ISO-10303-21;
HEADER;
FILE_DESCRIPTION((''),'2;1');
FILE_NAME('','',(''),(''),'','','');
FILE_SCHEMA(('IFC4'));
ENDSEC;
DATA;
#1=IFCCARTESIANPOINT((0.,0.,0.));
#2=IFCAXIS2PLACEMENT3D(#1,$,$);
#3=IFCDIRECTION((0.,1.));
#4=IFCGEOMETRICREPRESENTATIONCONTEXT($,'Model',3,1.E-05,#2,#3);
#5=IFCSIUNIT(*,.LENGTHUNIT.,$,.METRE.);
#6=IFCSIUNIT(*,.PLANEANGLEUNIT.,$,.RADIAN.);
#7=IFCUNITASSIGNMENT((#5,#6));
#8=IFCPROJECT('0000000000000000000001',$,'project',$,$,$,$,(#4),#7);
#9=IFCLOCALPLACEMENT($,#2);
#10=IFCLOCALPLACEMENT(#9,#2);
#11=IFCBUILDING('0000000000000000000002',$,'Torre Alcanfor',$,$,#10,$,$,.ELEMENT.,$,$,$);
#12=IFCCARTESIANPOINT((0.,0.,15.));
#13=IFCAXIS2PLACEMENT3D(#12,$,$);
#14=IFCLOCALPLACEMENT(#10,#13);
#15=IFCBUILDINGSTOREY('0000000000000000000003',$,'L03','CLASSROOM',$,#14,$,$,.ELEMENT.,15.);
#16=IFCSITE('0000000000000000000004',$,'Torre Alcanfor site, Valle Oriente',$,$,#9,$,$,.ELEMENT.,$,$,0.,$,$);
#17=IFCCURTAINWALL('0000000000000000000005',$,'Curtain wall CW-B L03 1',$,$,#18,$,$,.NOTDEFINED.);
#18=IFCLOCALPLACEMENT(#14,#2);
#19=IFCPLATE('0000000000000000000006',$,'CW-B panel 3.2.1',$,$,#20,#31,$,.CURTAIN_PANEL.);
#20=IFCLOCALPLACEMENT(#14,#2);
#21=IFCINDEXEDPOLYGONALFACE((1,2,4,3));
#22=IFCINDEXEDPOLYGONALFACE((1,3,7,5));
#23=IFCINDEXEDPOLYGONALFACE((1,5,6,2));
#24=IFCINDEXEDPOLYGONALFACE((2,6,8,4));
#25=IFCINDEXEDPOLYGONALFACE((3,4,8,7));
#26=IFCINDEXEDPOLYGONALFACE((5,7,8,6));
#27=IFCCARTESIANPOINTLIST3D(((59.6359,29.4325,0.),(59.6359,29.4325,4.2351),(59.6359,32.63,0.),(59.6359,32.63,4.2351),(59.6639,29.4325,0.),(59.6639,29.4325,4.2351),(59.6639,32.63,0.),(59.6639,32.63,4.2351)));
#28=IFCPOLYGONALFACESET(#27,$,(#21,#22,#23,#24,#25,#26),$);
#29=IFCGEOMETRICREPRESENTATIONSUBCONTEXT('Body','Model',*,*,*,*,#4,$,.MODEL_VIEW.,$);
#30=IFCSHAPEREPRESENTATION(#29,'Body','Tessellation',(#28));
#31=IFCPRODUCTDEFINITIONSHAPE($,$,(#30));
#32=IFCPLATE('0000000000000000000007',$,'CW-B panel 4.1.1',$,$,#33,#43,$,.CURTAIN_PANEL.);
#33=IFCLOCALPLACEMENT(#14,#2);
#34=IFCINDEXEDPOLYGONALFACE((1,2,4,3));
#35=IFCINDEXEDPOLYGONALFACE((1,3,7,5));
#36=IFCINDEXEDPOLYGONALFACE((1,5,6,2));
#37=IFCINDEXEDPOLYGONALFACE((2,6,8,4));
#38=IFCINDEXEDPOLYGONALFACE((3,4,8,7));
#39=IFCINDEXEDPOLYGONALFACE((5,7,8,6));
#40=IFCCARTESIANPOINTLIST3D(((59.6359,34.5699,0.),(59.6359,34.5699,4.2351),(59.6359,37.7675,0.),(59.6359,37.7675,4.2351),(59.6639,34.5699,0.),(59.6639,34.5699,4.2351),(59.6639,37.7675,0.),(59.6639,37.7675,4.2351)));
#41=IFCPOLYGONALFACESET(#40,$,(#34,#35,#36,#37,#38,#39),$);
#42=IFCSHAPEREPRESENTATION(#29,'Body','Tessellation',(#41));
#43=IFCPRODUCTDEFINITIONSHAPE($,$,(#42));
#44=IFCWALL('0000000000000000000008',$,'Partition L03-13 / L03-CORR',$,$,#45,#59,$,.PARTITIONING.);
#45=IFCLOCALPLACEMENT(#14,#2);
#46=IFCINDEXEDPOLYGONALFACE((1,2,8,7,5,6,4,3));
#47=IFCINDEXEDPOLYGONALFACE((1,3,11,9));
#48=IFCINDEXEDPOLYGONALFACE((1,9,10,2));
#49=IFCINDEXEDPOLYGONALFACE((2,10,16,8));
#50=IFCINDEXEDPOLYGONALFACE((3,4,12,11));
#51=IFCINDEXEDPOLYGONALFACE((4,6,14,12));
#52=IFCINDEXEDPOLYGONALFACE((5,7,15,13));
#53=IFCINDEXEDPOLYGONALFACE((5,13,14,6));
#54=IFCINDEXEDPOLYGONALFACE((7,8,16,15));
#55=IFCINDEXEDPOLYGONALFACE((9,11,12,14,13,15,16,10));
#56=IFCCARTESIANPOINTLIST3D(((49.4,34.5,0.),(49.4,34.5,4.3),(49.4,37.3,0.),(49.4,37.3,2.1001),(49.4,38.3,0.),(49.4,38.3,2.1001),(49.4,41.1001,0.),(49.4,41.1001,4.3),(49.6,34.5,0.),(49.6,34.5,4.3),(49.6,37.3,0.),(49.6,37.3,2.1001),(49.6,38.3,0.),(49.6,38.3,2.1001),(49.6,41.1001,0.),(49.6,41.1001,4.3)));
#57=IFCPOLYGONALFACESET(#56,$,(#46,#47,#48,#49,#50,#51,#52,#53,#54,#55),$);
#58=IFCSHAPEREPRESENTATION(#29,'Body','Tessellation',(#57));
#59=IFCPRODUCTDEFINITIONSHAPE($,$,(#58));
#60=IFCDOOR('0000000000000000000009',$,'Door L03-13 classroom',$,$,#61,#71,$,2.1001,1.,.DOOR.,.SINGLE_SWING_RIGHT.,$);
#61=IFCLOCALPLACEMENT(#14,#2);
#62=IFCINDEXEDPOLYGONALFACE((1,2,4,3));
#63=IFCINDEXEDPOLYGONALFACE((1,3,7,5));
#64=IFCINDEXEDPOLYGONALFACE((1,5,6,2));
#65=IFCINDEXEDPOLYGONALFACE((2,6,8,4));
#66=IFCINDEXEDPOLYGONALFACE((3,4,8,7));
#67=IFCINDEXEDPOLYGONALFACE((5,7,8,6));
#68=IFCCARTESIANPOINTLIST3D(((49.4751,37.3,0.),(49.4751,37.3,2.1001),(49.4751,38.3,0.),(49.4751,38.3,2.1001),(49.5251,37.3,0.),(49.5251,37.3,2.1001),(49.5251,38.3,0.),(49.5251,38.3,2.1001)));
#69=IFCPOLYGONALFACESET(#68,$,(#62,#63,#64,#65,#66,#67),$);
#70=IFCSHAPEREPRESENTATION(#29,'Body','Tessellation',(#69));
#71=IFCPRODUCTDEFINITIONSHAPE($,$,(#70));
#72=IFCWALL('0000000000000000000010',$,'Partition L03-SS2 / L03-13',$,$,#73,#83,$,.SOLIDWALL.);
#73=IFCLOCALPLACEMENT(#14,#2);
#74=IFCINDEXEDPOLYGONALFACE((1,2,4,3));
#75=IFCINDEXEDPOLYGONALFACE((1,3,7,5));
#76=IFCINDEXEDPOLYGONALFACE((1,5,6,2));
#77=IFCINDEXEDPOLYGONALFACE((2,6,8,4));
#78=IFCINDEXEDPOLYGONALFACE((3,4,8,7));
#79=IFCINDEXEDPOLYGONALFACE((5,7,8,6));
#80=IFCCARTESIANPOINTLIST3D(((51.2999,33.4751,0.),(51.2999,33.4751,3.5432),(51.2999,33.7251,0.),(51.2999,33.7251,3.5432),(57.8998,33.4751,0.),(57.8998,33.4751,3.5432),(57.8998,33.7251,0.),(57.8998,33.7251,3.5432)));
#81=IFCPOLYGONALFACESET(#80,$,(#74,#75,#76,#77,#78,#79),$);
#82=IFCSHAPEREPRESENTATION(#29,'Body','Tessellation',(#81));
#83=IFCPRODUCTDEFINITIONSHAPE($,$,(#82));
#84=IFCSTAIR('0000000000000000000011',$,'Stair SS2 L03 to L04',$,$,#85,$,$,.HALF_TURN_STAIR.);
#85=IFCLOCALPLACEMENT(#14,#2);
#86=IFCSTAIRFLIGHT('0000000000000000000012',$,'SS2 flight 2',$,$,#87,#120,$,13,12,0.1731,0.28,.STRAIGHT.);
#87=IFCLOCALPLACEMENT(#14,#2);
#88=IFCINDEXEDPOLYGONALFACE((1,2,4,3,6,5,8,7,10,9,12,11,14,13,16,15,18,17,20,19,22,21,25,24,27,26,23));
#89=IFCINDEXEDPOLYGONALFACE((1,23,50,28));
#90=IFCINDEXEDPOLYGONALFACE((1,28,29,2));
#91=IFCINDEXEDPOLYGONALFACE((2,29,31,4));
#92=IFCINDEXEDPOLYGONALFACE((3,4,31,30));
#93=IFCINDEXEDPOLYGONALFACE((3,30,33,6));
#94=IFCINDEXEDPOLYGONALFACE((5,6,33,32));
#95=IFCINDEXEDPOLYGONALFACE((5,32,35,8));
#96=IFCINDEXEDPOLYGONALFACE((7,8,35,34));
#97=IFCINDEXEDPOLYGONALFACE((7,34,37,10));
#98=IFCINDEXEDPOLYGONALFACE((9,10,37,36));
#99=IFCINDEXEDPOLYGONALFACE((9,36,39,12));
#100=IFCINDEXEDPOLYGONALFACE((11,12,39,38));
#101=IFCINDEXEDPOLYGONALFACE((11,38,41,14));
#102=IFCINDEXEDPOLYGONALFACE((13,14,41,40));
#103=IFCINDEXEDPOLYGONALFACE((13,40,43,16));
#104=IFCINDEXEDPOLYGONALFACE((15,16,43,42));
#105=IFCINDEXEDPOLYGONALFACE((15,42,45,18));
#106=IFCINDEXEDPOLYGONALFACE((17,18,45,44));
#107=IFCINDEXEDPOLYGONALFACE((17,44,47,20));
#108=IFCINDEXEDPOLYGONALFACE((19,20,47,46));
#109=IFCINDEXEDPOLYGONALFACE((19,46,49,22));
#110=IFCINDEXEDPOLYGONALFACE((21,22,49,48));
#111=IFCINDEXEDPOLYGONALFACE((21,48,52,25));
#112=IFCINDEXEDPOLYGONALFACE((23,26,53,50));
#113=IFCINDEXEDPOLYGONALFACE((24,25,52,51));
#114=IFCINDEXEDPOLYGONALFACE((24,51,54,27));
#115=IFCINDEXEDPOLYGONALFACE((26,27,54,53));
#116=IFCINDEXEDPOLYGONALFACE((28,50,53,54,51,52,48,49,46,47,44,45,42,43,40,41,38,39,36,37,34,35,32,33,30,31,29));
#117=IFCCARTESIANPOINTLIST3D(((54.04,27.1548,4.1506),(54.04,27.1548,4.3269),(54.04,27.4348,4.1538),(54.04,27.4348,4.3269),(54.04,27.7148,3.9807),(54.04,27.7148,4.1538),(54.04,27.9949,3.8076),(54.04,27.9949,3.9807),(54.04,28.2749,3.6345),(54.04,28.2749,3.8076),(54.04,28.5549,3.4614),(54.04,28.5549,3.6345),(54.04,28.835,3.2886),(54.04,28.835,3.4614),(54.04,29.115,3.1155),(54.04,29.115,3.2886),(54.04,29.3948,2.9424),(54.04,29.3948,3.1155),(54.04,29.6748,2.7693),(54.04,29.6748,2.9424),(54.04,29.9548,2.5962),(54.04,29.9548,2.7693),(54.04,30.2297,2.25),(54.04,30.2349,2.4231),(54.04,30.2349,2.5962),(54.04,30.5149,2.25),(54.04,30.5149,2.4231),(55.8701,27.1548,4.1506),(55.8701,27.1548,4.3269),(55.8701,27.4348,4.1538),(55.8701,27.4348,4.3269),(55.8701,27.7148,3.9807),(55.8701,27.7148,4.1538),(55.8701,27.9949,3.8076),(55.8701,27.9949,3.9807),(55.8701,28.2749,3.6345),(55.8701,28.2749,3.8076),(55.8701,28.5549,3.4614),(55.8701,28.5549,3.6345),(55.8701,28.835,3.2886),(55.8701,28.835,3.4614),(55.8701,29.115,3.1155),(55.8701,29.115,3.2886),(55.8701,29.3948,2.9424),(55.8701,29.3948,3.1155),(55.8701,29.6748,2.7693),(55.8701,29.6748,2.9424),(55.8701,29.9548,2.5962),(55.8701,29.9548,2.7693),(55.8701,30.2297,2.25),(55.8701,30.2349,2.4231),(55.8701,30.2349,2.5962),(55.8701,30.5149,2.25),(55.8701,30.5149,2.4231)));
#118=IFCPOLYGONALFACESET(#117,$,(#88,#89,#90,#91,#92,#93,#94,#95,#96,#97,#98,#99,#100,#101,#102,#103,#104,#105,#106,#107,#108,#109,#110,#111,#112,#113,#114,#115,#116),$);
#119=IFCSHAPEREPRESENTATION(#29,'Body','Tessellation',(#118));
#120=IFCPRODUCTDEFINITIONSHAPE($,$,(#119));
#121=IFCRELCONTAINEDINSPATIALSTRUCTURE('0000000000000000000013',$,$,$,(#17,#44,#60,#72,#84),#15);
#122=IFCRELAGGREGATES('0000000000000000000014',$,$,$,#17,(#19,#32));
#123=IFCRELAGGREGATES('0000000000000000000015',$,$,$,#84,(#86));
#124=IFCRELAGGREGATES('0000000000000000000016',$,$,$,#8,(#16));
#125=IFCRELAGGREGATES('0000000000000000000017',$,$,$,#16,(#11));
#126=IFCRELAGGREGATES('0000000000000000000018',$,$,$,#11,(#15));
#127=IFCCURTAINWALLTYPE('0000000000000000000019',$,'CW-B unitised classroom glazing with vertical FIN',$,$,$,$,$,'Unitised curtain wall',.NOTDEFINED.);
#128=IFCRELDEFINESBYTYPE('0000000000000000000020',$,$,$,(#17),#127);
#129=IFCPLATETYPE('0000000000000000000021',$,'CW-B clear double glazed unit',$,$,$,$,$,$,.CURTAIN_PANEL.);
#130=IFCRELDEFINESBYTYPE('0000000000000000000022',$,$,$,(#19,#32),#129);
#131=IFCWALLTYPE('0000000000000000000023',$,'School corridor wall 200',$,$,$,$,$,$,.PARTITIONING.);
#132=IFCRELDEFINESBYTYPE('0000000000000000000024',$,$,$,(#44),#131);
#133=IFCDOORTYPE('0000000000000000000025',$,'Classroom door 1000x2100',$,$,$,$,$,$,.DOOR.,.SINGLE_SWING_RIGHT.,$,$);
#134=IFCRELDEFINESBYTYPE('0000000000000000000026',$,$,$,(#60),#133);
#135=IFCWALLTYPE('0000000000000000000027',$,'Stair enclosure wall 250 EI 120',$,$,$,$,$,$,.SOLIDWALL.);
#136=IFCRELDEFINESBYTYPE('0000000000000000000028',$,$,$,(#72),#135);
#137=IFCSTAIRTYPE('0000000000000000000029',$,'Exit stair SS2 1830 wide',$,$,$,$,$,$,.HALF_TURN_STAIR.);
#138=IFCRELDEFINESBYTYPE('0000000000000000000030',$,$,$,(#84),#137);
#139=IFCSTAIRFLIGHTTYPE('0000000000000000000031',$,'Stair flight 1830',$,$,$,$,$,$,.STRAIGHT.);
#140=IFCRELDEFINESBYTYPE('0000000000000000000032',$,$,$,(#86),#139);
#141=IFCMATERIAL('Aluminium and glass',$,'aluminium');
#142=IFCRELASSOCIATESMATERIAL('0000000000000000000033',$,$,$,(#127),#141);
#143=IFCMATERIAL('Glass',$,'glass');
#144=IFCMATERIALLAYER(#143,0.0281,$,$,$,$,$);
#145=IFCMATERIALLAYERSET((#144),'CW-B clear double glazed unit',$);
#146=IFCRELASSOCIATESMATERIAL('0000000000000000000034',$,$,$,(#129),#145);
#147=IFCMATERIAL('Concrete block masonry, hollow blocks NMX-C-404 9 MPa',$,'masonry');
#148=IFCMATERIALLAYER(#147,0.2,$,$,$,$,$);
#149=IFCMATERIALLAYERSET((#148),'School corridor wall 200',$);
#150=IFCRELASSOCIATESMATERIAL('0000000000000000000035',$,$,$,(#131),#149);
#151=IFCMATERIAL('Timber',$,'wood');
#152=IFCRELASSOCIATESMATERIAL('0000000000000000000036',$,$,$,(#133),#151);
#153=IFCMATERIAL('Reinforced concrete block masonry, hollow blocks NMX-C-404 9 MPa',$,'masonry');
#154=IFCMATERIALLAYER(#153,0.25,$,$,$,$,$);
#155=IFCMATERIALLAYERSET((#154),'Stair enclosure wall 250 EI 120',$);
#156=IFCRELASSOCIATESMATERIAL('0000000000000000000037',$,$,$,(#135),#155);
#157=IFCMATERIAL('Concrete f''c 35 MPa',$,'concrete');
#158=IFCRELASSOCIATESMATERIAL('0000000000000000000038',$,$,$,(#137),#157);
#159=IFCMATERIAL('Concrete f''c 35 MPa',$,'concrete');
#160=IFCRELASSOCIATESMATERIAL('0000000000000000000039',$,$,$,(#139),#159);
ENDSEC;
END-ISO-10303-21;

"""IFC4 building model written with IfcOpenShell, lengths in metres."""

from ifc_helpers import new_model, si_unit, direction, frame, frame_2d, origin, origin_2d, place, context, subcontext, project, spatial, polyline, rectangle, outline, extrude, material, layer, layer_set, type_object, element, fill, aggregate, save


model = new_model("IFC4")

# Units and contexts
model_context = context("Model", 3, precision=1e-05, world=origin(), true_north=direction((0.0, 1.0)))
body_context = subcontext(model_context, "Body", "Model", "MODEL_VIEW")
ifc_project = project(units=[si_unit("LENGTHUNIT", "METRE"), si_unit("PLANEANGLEUNIT", "RADIAN")], contexts=[model_context])

# Site, building, storey
site_placement = place(None, origin())
site = spatial("IfcSite", under=ifc_project, at=site_placement, Name="Torre Alcanfor site, Valle Oriente", CompositionType="ELEMENT", RefElevation=0.0)
building_placement = place(site_placement, origin())
building = spatial("IfcBuilding", under=site, at=building_placement, Name="Torre Alcanfor", CompositionType="ELEMENT")
storey_placement = place(building_placement, frame((0.0, 0.0, 15.0)))
storey = spatial("IfcBuildingStorey", under=building, at=storey_placement, Name="L03", Description="CLASSROOM", CompositionType="ELEMENT", Elevation=15.0)

# Curtain wall
ifc_material_1 = material(Name="Aluminium and glass", Category="aluminium")
curtain_wall_type = type_object("IfcCurtainWallType", Name="CW-B unitised classroom glazing with vertical FIN", ElementType="Unitised curtain wall", PredefinedType="NOTDEFINED", material=ifc_material_1)
curtain_wall_placement = place(storey_placement, origin())
curtain_wall = element("IfcCurtainWall", 1, at=curtain_wall_placement, inside=storey, type_object=curtain_wall_type, Name="Curtain wall CW-B L03 1", PredefinedType="NOTDEFINED")

# Plates
ifc_material_2 = material(Name="Glass", Category="glass")
ifc_layer_1 = layer(ifc_material_2, 0.0281)
ifc_layer_set_1 = layer_set([ifc_layer_1], Name="CW-B clear double glazed unit")
plate_type = type_object("IfcPlateType", Name="CW-B clear double glazed unit", PredefinedType="CURTAIN_PANEL", material=ifc_layer_set_1)
plate_1_placement = place(storey_placement, frame((59.6499, 31.0312, 0.0), z_axis=(0.0, 0.0, 1.0), x_axis=(0.0, 1.0, 0.0)))
plate_1 = element("IfcPlate", 2, at=plate_1_placement, type_object=plate_type, Name="CW-B panel 3.2.1", PredefinedType="CURTAIN_PANEL", context=body_context, shape_type="SweptSolid", body=[
    extrude(rectangle(XDim=3.1975, YDim=0.0281, at=origin_2d()), origin(), (0.0, 0.0, 1.0), 4.2351),
])
plate_2_placement = place(storey_placement, frame((59.6499, 36.1687, 0.0), z_axis=(0.0, 0.0, 1.0), x_axis=(0.0, 1.0, 0.0)))
plate_2 = element("IfcPlate", 3, at=plate_2_placement, type_object=plate_type, Name="CW-B panel 4.1.1", PredefinedType="CURTAIN_PANEL", context=body_context, shape_type="SweptSolid", body=[
    extrude(rectangle(XDim=3.1975, YDim=0.0281, at=origin_2d()), origin(), (0.0, 0.0, 1.0), 4.2351),
])
aggregate(curtain_wall, [plate_1, plate_2])

# Wall, opening, door
ifc_material_3 = material(Name="Concrete block masonry, hollow blocks NMX-C-404 9 MPa", Category="masonry")
ifc_layer_2 = layer(ifc_material_3, 0.2)
ifc_layer_set_2 = layer_set([ifc_layer_2], Name="School corridor wall 200")
wall_type_1 = type_object("IfcWallType", Name="School corridor wall 200", PredefinedType="PARTITIONING", material=ifc_layer_set_2)
wall_1_placement = place(storey_placement, frame((49.5, 34.5, 0.0), z_axis=(0.0, 0.0, 1.0), x_axis=(0.0, 1.0, 0.0)))
wall_1 = element("IfcWall", 4, at=wall_1_placement, inside=storey, type_object=wall_type_1, Name="Partition L03-13 / L03-CORR", PredefinedType="PARTITIONING", context=body_context, shape_type="SweptSolid", body=[
    extrude(rectangle(XDim=6.6001, YDim=0.2, at=frame_2d((3.3, 0.0))), origin(), (0.0, 0.0, 1.0), 4.3),
])
opening_placement = place(wall_1_placement, frame((2.8, 0.0, 0.0)))
opening = element("IfcOpeningElement", 5, at=opening_placement, cuts=wall_1, PredefinedType="OPENING", context=body_context, shape_type="SweptSolid", body=[
    extrude(rectangle(XDim=1.0, YDim=2.1001, at=frame_2d((0.5, 1.05))), frame((0.0, 0.1099, 0.0), z_axis=(0.0, -1.0, 0.0), x_axis=(1.0, 0.0, 0.0)), (0.0, 0.0, 1.0), 0.22),
])
ifc_material_4 = material(Name="Timber", Category="wood")
door_type = type_object("IfcDoorType", Name="Classroom door 1000x2100", OperationType="SINGLE_SWING_RIGHT", PredefinedType="DOOR", material=ifc_material_4)
door_placement = place(opening_placement, frame((1.0, 0.0, 0.0), z_axis=(0.0, 0.0, 1.0), x_axis=(-1.0, 0.0, 0.0)))
door = element("IfcDoor", 6, at=door_placement, inside=storey, type_object=door_type, Name="Door L03-13 classroom", OperationType="SINGLE_SWING_RIGHT", OverallHeight=2.1001, OverallWidth=1.0, PredefinedType="DOOR", context=body_context, shape_type="SweptSolid", body=[
    extrude(rectangle(XDim=1.0, YDim=2.1001, at=frame_2d((0.5, 1.05))), frame((0.0, 0.0251, 0.0), z_axis=(0.0, -1.0, 0.0), x_axis=(1.0, 0.0, 0.0)), (0.0, 0.0, 1.0), 0.05),
])
fill(opening, door)

# Wall
ifc_material_5 = material(Name="Reinforced concrete block masonry, hollow blocks NMX-C-404 9 MPa", Category="masonry")
ifc_layer_3 = layer(ifc_material_5, 0.25)
ifc_layer_set_3 = layer_set([ifc_layer_3], Name="Stair enclosure wall 250 EI 120")
wall_type_2 = type_object("IfcWallType", Name="Stair enclosure wall 250 EI 120", PredefinedType="SOLIDWALL", material=ifc_layer_set_3)
wall_2_placement = place(storey_placement, frame((51.3, 33.6001, 0.0), z_axis=(0.0, 0.0, 1.0), x_axis=(1.0, 0.0, 0.0)))
element("IfcWall", 7, at=wall_2_placement, inside=storey, type_object=wall_type_2, Name="Partition L03-SS2 / L03-13", PredefinedType="SOLIDWALL", context=body_context, shape_type="SweptSolid", body=[
    extrude(rectangle(XDim=6.5999, YDim=0.25, at=frame_2d((3.2998, 0.0))), origin(), (0.0, 0.0, 1.0), 3.5432),
])

# Stair, stair flight
ifc_material_6 = material(Name="Concrete f'c 35 MPa", Category="concrete")
stair_type = type_object("IfcStairType", Name="Exit stair SS2 1830 wide", PredefinedType="HALF_TURN_STAIR", material=ifc_material_6)
stair_placement = place(storey_placement, origin())
stair = element("IfcStair", 8, at=stair_placement, inside=storey, type_object=stair_type, Name="Stair SS2 L03 to L04", PredefinedType="HALF_TURN_STAIR")
ifc_material_7 = material(Name="Concrete f'c 35 MPa", Category="concrete")
stair_flight_type = type_object("IfcStairFlightType", Name="Stair flight 1830", PredefinedType="STRAIGHT", material=ifc_material_7)
stair_flight_placement = place(storey_placement, frame((54.9551, 30.5149, 2.25), z_axis=(0.0, 0.0, 1.0), x_axis=(0.0, -1.0, 0.0)))
stair_flight = element("IfcStairFlight", 9, at=stair_flight_placement, type_object=stair_flight_type, Name="SS2 flight 2", NumberOfRisers=13, NumberOfTreads=12, PredefinedType="STRAIGHT", RiserHeight=0.1731, TreadLength=0.28, context=body_context, shape_type="SweptSolid", body=[
    extrude(outline(polyline([(0.0, 0.0), (0.0, 0.1731), (0.28, 0.1731), (0.28, 0.3462), (0.5601, 0.3462), (0.5601, 0.5193), (0.8401, 0.5193), (0.8401, 0.6924), (1.1201, 0.6924), (1.1201, 0.8655), (1.3999, 0.8655), (1.3999, 1.0386), (1.6799, 1.0386), (1.6799, 1.2114), (1.96, 1.2114), (1.96, 1.3845), (2.24, 1.3845), (2.24, 1.5576), (2.52, 1.5576), (2.52, 1.7307), (2.8, 1.7307), (2.8, 1.9038), (3.0801, 1.9038), (3.0801, 2.0769), (3.3601, 2.0769), (3.3601, 2.25), (3.3601, 1.9006), (0.2852, 0.0), (0.0, 0.0)])), frame((0.0, 0.915, 0.0), z_axis=(0.0, -1.0, 0.0), x_axis=(1.0, 0.0, 0.0)), (0.0, 0.0, 1.0), 1.8301),
])
aggregate(stair, [stair_flight])

save(model, "model.ifc")
